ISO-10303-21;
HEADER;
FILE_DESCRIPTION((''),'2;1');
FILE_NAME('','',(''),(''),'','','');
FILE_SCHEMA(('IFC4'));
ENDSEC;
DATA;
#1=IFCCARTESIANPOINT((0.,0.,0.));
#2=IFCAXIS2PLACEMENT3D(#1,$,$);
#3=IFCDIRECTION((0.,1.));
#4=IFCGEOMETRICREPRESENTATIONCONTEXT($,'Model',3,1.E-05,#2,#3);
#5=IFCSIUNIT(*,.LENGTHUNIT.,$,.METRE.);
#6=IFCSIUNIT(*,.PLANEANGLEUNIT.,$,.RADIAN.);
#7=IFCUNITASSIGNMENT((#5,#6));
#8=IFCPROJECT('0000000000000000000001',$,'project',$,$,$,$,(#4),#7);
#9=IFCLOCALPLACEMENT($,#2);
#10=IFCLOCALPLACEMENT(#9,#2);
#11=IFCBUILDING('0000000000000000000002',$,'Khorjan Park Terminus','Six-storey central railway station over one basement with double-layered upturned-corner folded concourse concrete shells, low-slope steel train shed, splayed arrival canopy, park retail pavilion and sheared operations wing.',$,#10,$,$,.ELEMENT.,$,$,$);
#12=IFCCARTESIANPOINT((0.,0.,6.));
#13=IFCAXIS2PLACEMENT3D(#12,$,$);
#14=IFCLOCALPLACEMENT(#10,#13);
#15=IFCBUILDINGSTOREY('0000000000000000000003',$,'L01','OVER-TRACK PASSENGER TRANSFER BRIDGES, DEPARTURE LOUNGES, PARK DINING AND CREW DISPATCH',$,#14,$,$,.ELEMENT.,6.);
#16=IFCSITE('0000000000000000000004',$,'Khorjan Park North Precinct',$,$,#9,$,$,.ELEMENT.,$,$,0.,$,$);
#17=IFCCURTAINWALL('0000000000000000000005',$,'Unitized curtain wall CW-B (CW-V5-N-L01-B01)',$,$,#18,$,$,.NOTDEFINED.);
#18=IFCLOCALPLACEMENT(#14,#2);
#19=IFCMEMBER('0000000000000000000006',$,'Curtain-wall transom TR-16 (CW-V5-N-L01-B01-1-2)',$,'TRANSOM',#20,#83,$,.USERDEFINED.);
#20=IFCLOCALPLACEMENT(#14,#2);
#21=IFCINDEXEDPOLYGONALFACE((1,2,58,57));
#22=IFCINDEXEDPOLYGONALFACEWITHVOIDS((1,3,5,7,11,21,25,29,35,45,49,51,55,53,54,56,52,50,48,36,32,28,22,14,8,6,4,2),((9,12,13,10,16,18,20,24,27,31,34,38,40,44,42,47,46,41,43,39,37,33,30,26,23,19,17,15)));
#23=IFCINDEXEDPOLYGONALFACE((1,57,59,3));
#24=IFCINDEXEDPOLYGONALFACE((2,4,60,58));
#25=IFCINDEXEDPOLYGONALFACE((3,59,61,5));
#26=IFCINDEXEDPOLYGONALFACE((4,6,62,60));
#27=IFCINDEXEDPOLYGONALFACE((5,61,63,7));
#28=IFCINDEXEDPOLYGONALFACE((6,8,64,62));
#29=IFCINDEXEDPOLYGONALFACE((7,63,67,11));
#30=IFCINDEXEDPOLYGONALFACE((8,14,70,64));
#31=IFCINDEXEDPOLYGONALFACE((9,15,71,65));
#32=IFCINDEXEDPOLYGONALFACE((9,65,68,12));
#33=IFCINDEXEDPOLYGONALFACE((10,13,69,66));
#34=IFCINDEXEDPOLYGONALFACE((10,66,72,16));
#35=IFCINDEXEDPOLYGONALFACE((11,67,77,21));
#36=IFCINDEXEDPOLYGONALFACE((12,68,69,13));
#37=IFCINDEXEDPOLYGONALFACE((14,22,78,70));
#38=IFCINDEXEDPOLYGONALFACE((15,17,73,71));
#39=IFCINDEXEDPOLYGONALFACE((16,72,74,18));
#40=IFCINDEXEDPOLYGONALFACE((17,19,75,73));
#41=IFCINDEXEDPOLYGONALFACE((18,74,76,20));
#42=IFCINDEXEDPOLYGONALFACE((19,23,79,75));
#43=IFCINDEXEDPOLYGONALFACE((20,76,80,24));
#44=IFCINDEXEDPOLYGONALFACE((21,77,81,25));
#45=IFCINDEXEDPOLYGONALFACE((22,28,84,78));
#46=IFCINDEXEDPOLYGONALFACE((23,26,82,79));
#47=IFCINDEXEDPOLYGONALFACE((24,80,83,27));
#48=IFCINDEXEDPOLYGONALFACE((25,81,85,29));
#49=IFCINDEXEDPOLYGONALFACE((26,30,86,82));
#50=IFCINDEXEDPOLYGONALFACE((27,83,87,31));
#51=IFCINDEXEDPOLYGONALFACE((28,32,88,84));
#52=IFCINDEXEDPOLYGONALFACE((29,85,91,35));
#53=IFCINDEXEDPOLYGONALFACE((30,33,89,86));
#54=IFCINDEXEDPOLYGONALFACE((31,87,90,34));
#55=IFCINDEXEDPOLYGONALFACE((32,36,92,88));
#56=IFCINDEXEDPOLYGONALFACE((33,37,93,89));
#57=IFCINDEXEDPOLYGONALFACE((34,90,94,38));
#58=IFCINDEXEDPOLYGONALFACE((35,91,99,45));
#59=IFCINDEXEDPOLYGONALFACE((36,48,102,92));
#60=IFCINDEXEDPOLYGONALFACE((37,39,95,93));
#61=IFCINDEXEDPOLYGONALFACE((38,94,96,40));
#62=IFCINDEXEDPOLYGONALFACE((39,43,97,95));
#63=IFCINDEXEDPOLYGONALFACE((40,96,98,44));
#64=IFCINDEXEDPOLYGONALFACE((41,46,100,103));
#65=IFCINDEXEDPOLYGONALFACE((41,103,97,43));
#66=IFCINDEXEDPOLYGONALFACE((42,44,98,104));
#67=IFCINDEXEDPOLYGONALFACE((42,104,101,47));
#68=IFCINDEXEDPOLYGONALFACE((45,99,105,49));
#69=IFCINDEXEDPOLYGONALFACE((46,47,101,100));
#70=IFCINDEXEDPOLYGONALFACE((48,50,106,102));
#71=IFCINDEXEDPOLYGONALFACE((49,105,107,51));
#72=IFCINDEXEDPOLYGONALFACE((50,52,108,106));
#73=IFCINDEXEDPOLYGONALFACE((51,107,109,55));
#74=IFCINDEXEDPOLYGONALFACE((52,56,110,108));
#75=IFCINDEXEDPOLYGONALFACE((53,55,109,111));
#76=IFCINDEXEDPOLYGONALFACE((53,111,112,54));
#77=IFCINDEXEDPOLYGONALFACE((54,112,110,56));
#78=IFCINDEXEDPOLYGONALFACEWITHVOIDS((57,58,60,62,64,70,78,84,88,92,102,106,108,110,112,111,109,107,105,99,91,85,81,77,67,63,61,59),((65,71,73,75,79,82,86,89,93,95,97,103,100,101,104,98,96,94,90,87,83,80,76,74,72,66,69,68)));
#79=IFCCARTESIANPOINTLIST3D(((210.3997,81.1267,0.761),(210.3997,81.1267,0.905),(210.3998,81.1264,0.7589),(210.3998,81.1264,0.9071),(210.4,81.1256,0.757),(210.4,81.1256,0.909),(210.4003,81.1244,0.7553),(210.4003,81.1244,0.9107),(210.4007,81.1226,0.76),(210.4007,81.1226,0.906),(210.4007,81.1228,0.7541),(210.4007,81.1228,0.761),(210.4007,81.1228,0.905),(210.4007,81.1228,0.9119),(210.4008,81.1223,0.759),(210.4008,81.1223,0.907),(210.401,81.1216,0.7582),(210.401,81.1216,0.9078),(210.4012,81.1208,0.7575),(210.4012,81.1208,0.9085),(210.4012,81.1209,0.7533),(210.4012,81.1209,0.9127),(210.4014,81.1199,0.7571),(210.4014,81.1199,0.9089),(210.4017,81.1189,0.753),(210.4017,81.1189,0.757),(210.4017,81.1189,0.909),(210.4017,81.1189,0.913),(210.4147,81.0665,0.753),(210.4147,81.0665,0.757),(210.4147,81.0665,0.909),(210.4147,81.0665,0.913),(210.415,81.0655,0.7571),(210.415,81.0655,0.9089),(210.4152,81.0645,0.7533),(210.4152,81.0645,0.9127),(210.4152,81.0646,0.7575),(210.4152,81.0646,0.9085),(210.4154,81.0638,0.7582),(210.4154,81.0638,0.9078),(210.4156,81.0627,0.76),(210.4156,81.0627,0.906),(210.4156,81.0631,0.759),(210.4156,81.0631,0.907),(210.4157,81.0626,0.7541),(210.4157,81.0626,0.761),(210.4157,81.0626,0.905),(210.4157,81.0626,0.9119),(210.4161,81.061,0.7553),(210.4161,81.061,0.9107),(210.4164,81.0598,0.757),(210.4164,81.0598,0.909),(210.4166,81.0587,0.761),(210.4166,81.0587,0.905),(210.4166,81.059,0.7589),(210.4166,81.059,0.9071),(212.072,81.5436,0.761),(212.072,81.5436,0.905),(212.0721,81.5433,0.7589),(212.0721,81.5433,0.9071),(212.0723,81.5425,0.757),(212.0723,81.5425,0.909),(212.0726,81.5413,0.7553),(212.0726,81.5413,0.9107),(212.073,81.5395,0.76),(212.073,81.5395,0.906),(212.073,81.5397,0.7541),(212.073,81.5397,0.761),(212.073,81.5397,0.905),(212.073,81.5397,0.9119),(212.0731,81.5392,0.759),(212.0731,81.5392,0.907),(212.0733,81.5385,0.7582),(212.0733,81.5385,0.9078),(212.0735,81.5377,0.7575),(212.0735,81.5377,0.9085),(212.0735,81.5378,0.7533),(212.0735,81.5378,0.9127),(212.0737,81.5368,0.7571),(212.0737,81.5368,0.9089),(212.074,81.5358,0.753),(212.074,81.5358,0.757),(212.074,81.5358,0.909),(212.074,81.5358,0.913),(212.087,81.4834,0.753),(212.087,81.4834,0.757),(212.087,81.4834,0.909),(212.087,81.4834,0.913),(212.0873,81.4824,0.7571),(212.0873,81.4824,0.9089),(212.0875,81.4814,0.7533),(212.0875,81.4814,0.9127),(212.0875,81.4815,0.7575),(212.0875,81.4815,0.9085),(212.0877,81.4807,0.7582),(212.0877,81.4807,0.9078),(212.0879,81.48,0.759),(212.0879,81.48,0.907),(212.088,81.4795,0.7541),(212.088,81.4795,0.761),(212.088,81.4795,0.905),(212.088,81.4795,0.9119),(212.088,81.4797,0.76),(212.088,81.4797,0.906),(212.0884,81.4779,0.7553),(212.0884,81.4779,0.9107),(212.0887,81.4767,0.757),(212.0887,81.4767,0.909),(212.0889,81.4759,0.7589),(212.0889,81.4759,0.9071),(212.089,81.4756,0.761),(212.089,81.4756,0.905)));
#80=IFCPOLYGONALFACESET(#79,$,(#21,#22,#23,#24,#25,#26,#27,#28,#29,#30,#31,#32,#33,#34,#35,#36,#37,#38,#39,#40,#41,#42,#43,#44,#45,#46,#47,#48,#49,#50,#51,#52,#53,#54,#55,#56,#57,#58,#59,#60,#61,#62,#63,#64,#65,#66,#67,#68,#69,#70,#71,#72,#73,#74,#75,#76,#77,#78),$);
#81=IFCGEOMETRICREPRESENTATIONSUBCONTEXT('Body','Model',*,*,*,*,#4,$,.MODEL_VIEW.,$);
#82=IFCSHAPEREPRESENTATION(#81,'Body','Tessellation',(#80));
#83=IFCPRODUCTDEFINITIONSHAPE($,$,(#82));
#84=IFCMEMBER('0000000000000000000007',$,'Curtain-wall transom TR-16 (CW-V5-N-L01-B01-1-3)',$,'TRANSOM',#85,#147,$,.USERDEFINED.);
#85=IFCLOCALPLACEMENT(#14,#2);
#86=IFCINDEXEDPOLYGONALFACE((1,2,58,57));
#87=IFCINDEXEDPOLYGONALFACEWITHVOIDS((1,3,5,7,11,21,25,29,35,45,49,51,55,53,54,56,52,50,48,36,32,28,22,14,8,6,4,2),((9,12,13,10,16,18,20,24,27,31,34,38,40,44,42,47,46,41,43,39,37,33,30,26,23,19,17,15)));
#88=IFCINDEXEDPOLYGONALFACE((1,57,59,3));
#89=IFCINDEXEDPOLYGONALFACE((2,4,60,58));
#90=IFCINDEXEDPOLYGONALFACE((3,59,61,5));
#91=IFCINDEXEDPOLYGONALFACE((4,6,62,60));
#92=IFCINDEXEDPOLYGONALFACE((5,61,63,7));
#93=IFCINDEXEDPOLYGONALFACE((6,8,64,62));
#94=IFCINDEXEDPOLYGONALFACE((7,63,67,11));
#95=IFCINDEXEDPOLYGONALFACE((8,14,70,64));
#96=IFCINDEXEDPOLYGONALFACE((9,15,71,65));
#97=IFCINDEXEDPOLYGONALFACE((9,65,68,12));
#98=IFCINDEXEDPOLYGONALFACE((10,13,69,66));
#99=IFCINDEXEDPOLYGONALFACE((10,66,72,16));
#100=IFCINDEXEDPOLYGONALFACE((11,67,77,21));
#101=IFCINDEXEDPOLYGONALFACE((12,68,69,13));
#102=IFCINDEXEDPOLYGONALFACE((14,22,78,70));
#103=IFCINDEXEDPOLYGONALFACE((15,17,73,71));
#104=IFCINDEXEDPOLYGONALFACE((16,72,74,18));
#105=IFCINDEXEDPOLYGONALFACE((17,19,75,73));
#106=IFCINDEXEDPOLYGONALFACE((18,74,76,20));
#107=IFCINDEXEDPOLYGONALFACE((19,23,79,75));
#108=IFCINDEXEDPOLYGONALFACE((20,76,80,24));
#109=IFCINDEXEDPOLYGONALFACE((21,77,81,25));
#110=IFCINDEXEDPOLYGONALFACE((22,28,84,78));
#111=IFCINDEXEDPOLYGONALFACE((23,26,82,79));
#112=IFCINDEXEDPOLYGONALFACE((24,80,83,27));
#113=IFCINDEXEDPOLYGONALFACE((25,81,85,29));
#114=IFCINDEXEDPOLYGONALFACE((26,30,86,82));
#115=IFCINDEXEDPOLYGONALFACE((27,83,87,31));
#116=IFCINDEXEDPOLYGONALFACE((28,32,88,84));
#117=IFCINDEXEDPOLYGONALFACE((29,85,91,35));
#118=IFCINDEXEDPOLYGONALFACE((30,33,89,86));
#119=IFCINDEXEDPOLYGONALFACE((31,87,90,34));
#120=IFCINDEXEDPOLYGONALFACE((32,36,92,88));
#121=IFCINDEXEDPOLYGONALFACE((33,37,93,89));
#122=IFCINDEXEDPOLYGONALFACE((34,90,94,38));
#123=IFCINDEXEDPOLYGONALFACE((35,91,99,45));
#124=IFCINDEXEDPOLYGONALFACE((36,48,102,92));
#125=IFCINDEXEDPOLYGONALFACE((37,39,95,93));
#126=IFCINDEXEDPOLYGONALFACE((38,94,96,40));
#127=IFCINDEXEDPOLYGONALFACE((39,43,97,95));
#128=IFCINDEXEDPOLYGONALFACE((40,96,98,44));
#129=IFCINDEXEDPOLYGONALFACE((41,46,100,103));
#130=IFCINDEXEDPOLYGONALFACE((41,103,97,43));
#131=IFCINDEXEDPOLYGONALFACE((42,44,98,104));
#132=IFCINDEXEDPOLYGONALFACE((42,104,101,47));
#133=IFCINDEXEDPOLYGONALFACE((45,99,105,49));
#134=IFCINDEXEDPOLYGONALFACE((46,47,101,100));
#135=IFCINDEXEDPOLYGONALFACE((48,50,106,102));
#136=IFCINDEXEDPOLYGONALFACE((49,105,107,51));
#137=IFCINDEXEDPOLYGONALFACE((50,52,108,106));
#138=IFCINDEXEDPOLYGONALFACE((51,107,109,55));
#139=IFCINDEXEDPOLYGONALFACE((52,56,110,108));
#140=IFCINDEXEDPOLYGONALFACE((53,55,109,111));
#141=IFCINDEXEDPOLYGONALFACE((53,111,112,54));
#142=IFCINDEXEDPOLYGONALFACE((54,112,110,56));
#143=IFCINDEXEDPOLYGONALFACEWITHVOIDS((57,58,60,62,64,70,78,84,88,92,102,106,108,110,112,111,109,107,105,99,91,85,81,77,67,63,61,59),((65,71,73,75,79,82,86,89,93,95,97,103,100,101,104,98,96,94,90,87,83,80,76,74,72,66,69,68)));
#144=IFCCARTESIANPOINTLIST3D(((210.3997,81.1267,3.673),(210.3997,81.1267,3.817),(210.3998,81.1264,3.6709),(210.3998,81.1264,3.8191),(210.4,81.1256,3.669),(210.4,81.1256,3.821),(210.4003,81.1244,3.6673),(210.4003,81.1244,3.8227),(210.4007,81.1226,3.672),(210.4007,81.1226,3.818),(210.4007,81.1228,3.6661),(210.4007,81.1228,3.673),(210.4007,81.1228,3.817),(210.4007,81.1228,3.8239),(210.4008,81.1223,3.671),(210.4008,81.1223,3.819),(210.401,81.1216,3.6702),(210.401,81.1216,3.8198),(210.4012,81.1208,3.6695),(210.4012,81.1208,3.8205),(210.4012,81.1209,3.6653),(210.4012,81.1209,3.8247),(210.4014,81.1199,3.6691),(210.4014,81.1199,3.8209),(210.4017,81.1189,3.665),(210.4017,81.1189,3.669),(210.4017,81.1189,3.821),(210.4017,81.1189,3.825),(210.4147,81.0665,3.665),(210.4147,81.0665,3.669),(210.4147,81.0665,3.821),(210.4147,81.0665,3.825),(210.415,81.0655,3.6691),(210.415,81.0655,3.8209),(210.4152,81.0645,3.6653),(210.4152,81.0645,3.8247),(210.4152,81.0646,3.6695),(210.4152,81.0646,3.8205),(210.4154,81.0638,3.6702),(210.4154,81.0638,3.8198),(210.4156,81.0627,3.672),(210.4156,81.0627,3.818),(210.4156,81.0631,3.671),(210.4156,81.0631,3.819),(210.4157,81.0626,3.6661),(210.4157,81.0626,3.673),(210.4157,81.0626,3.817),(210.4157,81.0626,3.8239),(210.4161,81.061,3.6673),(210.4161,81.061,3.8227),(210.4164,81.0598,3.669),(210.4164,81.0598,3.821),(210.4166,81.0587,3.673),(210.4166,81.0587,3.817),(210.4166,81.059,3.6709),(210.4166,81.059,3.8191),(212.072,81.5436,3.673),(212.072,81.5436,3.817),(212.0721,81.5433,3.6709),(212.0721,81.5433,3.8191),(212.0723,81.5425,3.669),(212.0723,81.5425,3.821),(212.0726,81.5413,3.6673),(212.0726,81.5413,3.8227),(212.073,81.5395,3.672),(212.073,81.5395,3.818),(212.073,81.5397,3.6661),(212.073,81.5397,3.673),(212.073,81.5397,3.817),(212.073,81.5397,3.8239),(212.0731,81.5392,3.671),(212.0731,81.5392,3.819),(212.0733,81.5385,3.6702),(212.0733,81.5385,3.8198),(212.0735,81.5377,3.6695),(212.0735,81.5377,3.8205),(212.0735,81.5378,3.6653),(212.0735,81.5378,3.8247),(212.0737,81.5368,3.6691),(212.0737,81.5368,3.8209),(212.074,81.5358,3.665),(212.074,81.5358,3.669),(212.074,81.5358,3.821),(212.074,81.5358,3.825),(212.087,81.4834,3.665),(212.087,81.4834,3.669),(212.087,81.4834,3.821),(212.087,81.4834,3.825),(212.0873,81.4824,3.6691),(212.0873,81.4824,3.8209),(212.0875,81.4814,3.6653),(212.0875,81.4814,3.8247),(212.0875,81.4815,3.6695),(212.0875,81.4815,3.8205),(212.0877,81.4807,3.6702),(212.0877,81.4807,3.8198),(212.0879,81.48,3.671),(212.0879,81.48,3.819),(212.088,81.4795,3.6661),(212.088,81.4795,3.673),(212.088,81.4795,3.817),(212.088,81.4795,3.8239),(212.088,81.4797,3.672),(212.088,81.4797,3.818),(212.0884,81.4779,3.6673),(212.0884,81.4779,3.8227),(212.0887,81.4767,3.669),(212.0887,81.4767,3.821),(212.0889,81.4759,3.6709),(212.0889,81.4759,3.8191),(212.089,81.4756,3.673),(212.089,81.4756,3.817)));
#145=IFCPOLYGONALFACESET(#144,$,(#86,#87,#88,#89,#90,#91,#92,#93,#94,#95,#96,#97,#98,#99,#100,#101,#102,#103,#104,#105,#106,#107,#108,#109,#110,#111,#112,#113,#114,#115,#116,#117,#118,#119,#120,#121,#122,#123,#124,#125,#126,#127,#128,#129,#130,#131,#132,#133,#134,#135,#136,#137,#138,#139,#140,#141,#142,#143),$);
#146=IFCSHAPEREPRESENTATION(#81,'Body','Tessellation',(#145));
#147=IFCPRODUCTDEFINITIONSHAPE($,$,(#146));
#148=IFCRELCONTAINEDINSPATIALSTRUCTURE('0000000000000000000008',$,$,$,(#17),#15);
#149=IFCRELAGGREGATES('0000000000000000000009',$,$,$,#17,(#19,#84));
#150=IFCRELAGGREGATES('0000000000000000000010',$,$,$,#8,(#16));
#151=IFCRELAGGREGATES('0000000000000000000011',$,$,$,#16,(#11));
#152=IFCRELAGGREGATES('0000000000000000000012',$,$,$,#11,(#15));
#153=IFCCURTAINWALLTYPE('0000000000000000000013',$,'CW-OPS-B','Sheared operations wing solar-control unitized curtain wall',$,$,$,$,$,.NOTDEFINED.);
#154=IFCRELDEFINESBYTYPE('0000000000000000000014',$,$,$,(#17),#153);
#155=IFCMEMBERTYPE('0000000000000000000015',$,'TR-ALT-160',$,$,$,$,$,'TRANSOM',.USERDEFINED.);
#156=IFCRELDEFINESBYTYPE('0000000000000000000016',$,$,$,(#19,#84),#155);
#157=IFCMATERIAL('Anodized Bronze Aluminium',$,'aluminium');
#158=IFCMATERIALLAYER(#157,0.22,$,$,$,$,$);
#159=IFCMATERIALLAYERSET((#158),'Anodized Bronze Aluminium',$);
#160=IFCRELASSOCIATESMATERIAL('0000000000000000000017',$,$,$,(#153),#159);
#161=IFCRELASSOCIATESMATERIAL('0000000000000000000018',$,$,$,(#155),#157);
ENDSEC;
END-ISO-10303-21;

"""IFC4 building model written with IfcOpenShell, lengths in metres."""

from ifc_helpers import new_model, si_unit, direction, frame, origin, origin_2d, place, context, subcontext, project, spatial, hollow_rectangle, extrude, material, layer, layer_set, material_profile, profile_set, type_object, element, aggregate, save


model = new_model("IFC4")

# Units and contexts
model_context = context("Model", 3, precision=1e-05, world=origin(), true_north=direction((0.0, 1.0)))
body_context = subcontext(model_context, "Body", "Model", "MODEL_VIEW")
ifc_project = project(units=[si_unit("LENGTHUNIT", "METRE"), si_unit("PLANEANGLEUNIT", "RADIAN")], contexts=[model_context])

# Site, building, storey
site_placement = place(None, origin())
site = spatial("IfcSite", under=ifc_project, at=site_placement, Name="Khorjan Park North Precinct", CompositionType="ELEMENT", RefElevation=0.0)
building_placement = place(site_placement, origin())
building = spatial("IfcBuilding", under=site, at=building_placement, Name="Khorjan Park Terminus", Description="Six-storey central railway station over one basement with double-layered upturned-corner folded concourse concrete shells, low-slope steel train shed, splayed arrival canopy, park retail pavilion and sheared operations wing.", CompositionType="ELEMENT")
storey_placement = place(building_placement, frame((0.0, 0.0, 6.0)))
storey = spatial("IfcBuildingStorey", under=building, at=storey_placement, Name="L01", Description="OVER-TRACK PASSENGER TRANSFER BRIDGES, DEPARTURE LOUNGES, PARK DINING AND CREW DISPATCH", CompositionType="ELEMENT", Elevation=6.0)

# Curtain wall, members
ifc_material_1 = material(Name="Anodized Bronze Aluminium", Category="aluminium")
ifc_layer_1 = layer(ifc_material_1, 0.22)
ifc_layer_set_1 = layer_set([ifc_layer_1], Name="Anodized Bronze Aluminium")
curtain_wall_type = type_object("IfcCurtainWallType", Name="CW-OPS-B", Description="Sheared operations wing solar-control unitized curtain wall", PredefinedType="NOTDEFINED", material=ifc_layer_set_1)
curtain_wall_placement = place(storey_placement, origin())
curtain_wall = element("IfcCurtainWall", 1, at=curtain_wall_placement, inside=storey, type_object=curtain_wall_type, Name="Unitized curtain wall CW-B (CW-V5-N-L01-B01)", PredefinedType="NOTDEFINED")
ifc_material_profile_1 = material_profile(ifc_material_1, hollow_rectangle(XDim=0.07, YDim=0.16, WallThickness=0.004, InnerFilletRadius=0.004, OuterFilletRadius=0.008, at=origin_2d()), Name="ALT 70x160x4")
ifc_profile_set_1 = profile_set([ifc_material_profile_1], Name="Anodized Bronze Aluminium")
member_type_1 = type_object("IfcMemberType", Name="TR-ALT-160", ElementType="TRANSOM", PredefinedType="USERDEFINED", material=ifc_profile_set_1)
member_1_placement = place(storey_placement, frame((212.0805, 81.5096, 0.833), z_axis=(-0.970303, -0.241894, 0.0), x_axis=(0.241894, -0.970303, 0.0)))
member_1 = element("IfcMember", 2, at=member_1_placement, type_object=member_type_1, Name="Curtain-wall transom TR-16 (CW-V5-N-L01-B01-1-2)", ObjectType="TRANSOM", PredefinedType="USERDEFINED", context=body_context, shape_type="SweptSolid", body=[
    extrude(hollow_rectangle(XDim=0.07, YDim=0.16, WallThickness=0.004, InnerFilletRadius=0.004, OuterFilletRadius=0.008, at=origin_2d()), origin(), (0.0, 0.0, 1.0), 1.7235),
])
member_2_placement = place(storey_placement, frame((212.0805, 81.5096, 3.745), z_axis=(-0.970303, -0.241894, 0.0), x_axis=(0.241894, -0.970303, 0.0)))
member_2 = element("IfcMember", 3, at=member_2_placement, type_object=member_type_1, Name="Curtain-wall transom TR-16 (CW-V5-N-L01-B01-1-3)", ObjectType="TRANSOM", PredefinedType="USERDEFINED", context=body_context, shape_type="SweptSolid", body=[
    extrude(hollow_rectangle(XDim=0.07, YDim=0.16, WallThickness=0.004, InnerFilletRadius=0.004, OuterFilletRadius=0.008, at=origin_2d()), origin(), (0.0, 0.0, 1.0), 1.7235),
])
aggregate(curtain_wall, [member_1, member_2])

save(model, "model.ifc")
